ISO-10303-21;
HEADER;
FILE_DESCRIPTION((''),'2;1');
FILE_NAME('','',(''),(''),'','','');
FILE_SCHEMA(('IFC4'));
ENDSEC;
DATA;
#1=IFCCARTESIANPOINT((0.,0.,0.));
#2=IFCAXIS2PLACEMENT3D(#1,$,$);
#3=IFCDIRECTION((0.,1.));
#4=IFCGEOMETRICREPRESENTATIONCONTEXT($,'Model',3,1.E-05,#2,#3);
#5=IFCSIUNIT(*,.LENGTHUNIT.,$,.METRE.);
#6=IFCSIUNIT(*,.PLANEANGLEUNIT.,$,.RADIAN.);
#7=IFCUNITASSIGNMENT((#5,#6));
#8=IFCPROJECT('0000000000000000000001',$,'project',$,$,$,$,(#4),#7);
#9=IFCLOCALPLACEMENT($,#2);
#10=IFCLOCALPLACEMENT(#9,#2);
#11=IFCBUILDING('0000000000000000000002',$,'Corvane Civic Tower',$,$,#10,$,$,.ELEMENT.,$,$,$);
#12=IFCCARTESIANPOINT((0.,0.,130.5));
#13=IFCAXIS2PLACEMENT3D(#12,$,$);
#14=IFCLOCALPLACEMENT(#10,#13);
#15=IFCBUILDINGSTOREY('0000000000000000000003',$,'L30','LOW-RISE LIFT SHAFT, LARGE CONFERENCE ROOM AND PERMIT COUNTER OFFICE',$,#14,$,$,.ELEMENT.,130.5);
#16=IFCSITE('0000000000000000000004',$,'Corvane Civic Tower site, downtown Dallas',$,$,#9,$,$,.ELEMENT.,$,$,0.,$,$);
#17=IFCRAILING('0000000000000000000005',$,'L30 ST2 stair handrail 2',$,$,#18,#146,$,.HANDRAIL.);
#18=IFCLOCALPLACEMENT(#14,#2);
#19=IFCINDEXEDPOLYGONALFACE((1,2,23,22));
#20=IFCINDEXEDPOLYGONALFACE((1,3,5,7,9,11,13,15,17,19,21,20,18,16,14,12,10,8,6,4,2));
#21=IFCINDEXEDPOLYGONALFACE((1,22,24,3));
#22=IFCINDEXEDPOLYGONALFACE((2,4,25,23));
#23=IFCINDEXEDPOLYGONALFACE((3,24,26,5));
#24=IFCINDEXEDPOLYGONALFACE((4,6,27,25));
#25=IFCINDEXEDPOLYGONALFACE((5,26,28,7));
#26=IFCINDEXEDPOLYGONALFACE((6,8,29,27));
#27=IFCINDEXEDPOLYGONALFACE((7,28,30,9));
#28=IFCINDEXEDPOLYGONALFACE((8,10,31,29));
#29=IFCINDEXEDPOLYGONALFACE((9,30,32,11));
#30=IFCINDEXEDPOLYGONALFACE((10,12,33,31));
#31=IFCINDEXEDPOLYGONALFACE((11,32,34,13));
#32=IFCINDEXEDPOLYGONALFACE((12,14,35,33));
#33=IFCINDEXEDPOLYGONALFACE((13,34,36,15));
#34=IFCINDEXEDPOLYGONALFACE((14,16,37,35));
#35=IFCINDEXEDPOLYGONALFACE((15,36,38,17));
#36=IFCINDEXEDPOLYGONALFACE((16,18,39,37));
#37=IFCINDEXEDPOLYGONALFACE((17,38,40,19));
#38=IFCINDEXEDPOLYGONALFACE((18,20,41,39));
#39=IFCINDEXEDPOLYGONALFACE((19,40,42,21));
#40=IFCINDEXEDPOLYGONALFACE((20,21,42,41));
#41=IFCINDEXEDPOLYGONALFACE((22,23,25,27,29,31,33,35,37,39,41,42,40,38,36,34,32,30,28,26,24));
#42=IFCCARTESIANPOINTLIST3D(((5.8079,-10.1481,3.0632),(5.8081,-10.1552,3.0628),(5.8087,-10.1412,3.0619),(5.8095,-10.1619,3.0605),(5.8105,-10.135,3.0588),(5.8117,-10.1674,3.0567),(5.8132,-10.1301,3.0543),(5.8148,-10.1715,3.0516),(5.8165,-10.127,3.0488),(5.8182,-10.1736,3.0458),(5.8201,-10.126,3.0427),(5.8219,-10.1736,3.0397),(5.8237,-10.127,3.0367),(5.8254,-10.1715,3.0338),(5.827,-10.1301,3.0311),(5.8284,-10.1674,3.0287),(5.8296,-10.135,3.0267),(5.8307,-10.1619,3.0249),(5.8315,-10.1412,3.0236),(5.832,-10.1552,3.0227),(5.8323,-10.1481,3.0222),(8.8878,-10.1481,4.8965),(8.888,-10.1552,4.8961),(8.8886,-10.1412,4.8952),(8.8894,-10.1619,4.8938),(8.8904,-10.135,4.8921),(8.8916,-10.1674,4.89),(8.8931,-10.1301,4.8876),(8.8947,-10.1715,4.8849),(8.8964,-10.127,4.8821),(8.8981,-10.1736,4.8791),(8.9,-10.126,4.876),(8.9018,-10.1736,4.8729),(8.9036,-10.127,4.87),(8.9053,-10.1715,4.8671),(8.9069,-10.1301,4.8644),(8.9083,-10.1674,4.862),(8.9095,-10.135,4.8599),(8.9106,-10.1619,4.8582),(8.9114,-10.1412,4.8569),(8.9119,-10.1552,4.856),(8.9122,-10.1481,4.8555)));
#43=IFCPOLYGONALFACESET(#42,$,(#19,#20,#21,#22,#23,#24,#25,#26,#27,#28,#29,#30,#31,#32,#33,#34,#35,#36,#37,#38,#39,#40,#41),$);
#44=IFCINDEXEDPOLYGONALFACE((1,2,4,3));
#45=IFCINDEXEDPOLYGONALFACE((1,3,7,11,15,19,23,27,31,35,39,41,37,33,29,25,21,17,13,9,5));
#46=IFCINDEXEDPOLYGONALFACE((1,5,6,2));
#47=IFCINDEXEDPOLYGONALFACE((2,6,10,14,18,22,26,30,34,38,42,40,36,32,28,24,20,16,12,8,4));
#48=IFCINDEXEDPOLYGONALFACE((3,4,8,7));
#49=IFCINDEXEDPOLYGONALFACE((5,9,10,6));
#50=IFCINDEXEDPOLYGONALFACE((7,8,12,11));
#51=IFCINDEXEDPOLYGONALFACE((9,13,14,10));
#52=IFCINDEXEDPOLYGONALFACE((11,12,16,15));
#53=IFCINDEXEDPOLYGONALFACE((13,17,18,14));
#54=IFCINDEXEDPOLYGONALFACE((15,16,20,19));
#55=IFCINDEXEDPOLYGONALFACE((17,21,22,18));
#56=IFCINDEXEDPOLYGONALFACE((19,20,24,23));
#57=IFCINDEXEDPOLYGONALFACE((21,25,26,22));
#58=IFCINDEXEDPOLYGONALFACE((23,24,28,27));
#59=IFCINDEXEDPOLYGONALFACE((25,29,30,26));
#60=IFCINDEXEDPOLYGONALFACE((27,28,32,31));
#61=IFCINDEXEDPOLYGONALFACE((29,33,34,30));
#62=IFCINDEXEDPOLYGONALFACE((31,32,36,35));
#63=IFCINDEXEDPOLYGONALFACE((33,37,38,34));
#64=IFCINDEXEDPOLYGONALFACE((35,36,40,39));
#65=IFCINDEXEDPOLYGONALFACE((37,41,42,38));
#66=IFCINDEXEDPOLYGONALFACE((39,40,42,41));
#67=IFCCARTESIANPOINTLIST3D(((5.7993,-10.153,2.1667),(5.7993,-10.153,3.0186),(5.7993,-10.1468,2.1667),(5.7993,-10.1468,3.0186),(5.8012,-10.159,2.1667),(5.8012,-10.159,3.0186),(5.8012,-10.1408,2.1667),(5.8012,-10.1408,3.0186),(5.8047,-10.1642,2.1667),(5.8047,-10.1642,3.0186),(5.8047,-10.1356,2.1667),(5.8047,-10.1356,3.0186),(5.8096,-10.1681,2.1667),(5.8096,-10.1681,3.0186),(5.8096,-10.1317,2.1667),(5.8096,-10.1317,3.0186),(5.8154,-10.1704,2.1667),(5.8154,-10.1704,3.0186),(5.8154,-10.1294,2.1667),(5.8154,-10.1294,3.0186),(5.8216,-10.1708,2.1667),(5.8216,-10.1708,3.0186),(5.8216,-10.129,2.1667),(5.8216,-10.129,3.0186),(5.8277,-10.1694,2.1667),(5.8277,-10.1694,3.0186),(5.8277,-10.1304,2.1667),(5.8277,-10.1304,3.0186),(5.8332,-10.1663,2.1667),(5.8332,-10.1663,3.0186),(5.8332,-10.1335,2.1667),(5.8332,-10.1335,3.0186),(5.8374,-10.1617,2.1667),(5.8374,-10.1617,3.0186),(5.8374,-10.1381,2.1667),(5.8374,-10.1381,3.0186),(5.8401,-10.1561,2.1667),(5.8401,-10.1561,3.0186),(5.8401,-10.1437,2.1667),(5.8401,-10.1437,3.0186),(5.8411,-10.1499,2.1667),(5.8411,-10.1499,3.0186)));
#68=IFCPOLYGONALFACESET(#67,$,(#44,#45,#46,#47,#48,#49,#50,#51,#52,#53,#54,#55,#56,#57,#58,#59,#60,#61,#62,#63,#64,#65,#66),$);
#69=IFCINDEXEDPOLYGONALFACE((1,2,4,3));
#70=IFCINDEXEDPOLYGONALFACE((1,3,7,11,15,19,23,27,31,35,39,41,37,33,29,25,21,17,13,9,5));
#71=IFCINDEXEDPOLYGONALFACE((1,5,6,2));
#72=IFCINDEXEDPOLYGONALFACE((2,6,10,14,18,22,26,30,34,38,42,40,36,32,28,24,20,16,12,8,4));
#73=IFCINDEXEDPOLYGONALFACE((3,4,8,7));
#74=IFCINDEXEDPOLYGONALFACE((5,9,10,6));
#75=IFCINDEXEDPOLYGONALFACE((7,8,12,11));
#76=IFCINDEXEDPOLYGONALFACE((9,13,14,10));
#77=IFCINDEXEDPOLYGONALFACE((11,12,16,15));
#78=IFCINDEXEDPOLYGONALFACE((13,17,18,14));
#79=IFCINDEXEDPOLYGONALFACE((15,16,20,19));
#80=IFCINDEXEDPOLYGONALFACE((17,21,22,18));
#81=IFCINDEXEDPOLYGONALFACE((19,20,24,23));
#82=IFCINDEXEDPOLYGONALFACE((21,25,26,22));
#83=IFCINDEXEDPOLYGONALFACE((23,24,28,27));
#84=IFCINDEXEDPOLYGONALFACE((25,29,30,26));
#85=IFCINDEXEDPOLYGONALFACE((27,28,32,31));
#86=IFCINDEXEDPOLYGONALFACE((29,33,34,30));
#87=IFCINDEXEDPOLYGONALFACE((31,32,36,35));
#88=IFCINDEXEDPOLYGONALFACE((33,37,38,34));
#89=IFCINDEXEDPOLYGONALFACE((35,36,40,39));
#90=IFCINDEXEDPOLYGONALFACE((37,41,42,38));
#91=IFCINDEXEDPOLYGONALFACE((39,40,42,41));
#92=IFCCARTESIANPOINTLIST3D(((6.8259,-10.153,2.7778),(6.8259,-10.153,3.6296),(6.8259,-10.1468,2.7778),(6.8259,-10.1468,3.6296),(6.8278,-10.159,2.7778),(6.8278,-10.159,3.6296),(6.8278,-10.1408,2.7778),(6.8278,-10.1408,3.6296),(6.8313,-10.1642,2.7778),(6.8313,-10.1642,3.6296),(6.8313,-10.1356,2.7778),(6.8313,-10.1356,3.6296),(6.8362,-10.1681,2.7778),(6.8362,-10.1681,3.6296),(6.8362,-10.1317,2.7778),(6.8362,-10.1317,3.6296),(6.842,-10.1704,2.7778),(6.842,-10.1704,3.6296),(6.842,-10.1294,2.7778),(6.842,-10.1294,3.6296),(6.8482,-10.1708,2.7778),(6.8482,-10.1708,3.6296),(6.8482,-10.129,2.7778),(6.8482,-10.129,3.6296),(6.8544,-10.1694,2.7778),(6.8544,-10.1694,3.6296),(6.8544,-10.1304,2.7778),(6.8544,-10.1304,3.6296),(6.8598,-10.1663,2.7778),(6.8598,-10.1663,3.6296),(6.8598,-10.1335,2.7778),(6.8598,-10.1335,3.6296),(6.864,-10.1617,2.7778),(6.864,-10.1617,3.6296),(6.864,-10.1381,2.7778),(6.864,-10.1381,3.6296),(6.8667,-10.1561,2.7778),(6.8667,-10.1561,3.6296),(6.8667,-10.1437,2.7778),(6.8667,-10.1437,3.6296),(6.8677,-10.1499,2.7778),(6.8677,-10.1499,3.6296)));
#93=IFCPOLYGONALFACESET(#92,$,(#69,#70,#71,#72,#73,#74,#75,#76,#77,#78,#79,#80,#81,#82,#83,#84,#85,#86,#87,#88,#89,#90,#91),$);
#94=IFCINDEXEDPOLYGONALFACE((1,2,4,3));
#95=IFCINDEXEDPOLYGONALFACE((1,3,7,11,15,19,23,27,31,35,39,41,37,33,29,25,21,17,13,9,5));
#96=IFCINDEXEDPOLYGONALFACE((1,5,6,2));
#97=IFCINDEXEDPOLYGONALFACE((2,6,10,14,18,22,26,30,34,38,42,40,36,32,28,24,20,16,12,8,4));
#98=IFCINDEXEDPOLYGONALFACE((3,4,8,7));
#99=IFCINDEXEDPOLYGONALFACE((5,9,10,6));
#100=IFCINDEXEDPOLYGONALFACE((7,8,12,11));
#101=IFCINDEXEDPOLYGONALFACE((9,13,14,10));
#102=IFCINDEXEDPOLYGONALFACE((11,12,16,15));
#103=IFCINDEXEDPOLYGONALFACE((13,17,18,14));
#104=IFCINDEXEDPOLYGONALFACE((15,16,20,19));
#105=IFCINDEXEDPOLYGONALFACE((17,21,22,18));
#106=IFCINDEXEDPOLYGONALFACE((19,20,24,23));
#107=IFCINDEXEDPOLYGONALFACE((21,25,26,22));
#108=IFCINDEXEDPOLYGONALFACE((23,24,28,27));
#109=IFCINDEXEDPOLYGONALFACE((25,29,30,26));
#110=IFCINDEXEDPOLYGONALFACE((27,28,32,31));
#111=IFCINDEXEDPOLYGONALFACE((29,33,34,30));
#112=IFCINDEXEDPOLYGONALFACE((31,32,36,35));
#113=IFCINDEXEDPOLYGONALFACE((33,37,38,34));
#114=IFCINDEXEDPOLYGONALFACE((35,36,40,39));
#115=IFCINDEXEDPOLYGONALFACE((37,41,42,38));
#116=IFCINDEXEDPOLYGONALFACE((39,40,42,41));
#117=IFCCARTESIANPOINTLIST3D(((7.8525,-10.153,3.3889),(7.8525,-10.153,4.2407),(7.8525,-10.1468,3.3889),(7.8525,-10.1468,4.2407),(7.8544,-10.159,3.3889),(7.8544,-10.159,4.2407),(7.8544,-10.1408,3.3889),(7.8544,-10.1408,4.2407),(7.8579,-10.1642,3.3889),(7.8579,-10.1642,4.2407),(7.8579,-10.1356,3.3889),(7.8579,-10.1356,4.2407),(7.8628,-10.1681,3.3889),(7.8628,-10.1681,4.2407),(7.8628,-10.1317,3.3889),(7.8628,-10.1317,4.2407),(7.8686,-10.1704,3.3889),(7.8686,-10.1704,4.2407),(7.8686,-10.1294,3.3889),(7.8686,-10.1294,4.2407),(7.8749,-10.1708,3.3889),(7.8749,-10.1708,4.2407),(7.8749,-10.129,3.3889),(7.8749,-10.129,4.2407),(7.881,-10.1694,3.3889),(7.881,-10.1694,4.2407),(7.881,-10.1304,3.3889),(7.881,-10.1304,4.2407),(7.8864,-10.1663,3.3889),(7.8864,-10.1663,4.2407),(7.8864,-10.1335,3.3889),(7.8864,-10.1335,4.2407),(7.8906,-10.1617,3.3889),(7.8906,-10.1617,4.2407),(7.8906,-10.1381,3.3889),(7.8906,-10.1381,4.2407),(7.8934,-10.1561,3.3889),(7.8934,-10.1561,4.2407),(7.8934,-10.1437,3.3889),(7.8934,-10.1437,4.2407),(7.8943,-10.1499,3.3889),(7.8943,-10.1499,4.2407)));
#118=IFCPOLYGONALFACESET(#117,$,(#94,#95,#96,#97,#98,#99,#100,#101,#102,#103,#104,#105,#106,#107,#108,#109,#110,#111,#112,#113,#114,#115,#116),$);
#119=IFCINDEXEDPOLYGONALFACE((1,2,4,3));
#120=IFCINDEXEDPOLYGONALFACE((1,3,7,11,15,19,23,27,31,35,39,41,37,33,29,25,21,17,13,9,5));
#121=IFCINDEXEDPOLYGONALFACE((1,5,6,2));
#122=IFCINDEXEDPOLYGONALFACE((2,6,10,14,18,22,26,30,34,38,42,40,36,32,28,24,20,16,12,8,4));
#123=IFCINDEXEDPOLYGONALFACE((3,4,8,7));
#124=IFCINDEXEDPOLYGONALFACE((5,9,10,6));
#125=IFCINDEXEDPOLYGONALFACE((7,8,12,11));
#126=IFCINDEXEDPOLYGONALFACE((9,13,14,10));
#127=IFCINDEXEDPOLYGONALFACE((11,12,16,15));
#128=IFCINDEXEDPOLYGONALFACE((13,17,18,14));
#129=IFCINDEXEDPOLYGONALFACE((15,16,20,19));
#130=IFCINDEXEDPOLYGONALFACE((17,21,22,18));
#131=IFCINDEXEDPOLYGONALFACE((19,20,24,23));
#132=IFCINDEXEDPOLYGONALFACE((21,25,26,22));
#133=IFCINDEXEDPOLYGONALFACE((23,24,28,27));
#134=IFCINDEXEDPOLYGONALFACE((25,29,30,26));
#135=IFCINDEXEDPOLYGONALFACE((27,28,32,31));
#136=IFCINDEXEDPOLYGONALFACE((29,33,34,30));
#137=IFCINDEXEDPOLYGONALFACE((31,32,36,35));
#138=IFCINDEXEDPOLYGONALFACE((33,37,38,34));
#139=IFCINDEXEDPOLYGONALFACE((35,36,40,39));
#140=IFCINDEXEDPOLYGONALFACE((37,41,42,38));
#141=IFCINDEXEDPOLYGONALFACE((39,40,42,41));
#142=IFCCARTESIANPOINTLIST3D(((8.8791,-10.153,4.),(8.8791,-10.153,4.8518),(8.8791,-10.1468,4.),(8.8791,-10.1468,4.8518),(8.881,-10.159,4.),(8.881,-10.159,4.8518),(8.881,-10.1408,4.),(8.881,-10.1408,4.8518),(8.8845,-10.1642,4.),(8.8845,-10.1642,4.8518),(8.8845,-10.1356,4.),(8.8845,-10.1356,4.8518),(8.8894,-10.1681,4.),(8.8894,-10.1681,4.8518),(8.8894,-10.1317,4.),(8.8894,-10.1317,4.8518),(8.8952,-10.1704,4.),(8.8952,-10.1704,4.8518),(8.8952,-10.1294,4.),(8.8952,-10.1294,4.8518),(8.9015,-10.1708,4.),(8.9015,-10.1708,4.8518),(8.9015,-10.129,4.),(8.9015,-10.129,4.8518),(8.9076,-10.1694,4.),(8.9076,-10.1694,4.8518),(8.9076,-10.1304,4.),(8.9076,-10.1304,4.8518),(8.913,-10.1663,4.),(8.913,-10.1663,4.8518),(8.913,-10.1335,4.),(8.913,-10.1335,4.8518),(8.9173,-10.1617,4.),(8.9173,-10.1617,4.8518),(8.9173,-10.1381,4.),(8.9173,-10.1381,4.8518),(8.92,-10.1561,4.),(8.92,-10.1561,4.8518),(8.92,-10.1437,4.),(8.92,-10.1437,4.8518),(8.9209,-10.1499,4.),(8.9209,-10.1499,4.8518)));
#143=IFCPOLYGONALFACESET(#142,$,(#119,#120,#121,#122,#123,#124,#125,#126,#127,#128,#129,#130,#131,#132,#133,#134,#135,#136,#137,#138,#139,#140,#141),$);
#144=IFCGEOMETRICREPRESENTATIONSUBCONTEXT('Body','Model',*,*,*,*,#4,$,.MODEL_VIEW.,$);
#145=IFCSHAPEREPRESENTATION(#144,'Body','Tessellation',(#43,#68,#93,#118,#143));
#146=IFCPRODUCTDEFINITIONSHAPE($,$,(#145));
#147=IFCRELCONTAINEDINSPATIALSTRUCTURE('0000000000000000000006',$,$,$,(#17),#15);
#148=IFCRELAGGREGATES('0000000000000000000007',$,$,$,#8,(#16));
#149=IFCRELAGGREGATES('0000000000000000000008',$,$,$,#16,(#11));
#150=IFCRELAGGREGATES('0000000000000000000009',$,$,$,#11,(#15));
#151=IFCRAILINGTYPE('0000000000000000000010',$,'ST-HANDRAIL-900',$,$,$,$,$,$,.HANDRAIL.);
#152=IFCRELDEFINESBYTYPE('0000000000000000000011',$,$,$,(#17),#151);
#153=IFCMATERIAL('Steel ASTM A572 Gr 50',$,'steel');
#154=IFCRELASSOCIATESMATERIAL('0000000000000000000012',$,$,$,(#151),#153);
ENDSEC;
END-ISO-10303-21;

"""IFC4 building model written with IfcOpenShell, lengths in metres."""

from ifc_helpers import new_model, si_unit, direction, frame, origin, origin_2d, place, context, subcontext, project, spatial, circle, extrude, material, type_object, element, save


model = new_model("IFC4")

# Units and contexts
model_context = context("Model", 3, precision=1e-05, world=origin(), true_north=direction((0.0, 1.0)))
body_context = subcontext(model_context, "Body", "Model", "MODEL_VIEW")
ifc_project = project(units=[si_unit("LENGTHUNIT", "METRE"), si_unit("PLANEANGLEUNIT", "RADIAN")], contexts=[model_context])

# Site, building, storey
site_placement = place(None, origin())
site = spatial("IfcSite", under=ifc_project, at=site_placement, Name="Corvane Civic Tower site, downtown Dallas", CompositionType="ELEMENT", RefElevation=0.0)
building_placement = place(site_placement, origin())
building = spatial("IfcBuilding", under=site, at=building_placement, Name="Corvane Civic Tower", CompositionType="ELEMENT")
storey_placement = place(building_placement, frame((0.0, 0.0, 130.5)))
storey = spatial("IfcBuildingStorey", under=building, at=storey_placement, Name="L30", Description="LOW-RISE LIFT SHAFT, LARGE CONFERENCE ROOM AND PERMIT COUNTER OFFICE", CompositionType="ELEMENT", Elevation=130.5)

# Railing
ifc_material_1 = material(Name="Steel ASTM A572 Gr 50", Category="steel")
railing_type_1 = type_object("IfcRailingType", Name="ST-HANDRAIL-900", PredefinedType="HANDRAIL", material=ifc_material_1)
railing_1_placement = place(storey_placement, frame((5.8201, -10.1499, 2.1667)))
element("IfcRailing", 1, at=railing_1_placement, inside=storey, type_object=railing_type_1, Name="L30 ST2 stair handrail 2", PredefinedType="HANDRAIL", context=body_context, shape_type="SweptSolid", body=[
    extrude(circle(Radius=0.0239, at=origin_2d()), frame((0.0, 0.0, 0.876), z_axis=(0.859291, 0.0, 0.511487), x_axis=(0.0, 1.0, 0.0)), (0.0, 0.0, 1.0), 3.5842),
    extrude(circle(Radius=0.021, at=origin_2d()), origin(), (0.0, 0.0, 1.0), 0.8518),
    extrude(circle(Radius=0.021, at=origin_2d()), frame((1.0266, 0.0, 0.6111)), (0.0, 0.0, 1.0), 0.8518),
    extrude(circle(Radius=0.021, at=origin_2d()), frame((2.0532, 0.0, 1.2222)), (0.0, 0.0, 1.0), 0.8518),
    extrude(circle(Radius=0.021, at=origin_2d()), frame((3.0798, 0.0, 1.8333)), (0.0, 0.0, 1.0), 0.8518),
])

save(model, "model.ifc")
